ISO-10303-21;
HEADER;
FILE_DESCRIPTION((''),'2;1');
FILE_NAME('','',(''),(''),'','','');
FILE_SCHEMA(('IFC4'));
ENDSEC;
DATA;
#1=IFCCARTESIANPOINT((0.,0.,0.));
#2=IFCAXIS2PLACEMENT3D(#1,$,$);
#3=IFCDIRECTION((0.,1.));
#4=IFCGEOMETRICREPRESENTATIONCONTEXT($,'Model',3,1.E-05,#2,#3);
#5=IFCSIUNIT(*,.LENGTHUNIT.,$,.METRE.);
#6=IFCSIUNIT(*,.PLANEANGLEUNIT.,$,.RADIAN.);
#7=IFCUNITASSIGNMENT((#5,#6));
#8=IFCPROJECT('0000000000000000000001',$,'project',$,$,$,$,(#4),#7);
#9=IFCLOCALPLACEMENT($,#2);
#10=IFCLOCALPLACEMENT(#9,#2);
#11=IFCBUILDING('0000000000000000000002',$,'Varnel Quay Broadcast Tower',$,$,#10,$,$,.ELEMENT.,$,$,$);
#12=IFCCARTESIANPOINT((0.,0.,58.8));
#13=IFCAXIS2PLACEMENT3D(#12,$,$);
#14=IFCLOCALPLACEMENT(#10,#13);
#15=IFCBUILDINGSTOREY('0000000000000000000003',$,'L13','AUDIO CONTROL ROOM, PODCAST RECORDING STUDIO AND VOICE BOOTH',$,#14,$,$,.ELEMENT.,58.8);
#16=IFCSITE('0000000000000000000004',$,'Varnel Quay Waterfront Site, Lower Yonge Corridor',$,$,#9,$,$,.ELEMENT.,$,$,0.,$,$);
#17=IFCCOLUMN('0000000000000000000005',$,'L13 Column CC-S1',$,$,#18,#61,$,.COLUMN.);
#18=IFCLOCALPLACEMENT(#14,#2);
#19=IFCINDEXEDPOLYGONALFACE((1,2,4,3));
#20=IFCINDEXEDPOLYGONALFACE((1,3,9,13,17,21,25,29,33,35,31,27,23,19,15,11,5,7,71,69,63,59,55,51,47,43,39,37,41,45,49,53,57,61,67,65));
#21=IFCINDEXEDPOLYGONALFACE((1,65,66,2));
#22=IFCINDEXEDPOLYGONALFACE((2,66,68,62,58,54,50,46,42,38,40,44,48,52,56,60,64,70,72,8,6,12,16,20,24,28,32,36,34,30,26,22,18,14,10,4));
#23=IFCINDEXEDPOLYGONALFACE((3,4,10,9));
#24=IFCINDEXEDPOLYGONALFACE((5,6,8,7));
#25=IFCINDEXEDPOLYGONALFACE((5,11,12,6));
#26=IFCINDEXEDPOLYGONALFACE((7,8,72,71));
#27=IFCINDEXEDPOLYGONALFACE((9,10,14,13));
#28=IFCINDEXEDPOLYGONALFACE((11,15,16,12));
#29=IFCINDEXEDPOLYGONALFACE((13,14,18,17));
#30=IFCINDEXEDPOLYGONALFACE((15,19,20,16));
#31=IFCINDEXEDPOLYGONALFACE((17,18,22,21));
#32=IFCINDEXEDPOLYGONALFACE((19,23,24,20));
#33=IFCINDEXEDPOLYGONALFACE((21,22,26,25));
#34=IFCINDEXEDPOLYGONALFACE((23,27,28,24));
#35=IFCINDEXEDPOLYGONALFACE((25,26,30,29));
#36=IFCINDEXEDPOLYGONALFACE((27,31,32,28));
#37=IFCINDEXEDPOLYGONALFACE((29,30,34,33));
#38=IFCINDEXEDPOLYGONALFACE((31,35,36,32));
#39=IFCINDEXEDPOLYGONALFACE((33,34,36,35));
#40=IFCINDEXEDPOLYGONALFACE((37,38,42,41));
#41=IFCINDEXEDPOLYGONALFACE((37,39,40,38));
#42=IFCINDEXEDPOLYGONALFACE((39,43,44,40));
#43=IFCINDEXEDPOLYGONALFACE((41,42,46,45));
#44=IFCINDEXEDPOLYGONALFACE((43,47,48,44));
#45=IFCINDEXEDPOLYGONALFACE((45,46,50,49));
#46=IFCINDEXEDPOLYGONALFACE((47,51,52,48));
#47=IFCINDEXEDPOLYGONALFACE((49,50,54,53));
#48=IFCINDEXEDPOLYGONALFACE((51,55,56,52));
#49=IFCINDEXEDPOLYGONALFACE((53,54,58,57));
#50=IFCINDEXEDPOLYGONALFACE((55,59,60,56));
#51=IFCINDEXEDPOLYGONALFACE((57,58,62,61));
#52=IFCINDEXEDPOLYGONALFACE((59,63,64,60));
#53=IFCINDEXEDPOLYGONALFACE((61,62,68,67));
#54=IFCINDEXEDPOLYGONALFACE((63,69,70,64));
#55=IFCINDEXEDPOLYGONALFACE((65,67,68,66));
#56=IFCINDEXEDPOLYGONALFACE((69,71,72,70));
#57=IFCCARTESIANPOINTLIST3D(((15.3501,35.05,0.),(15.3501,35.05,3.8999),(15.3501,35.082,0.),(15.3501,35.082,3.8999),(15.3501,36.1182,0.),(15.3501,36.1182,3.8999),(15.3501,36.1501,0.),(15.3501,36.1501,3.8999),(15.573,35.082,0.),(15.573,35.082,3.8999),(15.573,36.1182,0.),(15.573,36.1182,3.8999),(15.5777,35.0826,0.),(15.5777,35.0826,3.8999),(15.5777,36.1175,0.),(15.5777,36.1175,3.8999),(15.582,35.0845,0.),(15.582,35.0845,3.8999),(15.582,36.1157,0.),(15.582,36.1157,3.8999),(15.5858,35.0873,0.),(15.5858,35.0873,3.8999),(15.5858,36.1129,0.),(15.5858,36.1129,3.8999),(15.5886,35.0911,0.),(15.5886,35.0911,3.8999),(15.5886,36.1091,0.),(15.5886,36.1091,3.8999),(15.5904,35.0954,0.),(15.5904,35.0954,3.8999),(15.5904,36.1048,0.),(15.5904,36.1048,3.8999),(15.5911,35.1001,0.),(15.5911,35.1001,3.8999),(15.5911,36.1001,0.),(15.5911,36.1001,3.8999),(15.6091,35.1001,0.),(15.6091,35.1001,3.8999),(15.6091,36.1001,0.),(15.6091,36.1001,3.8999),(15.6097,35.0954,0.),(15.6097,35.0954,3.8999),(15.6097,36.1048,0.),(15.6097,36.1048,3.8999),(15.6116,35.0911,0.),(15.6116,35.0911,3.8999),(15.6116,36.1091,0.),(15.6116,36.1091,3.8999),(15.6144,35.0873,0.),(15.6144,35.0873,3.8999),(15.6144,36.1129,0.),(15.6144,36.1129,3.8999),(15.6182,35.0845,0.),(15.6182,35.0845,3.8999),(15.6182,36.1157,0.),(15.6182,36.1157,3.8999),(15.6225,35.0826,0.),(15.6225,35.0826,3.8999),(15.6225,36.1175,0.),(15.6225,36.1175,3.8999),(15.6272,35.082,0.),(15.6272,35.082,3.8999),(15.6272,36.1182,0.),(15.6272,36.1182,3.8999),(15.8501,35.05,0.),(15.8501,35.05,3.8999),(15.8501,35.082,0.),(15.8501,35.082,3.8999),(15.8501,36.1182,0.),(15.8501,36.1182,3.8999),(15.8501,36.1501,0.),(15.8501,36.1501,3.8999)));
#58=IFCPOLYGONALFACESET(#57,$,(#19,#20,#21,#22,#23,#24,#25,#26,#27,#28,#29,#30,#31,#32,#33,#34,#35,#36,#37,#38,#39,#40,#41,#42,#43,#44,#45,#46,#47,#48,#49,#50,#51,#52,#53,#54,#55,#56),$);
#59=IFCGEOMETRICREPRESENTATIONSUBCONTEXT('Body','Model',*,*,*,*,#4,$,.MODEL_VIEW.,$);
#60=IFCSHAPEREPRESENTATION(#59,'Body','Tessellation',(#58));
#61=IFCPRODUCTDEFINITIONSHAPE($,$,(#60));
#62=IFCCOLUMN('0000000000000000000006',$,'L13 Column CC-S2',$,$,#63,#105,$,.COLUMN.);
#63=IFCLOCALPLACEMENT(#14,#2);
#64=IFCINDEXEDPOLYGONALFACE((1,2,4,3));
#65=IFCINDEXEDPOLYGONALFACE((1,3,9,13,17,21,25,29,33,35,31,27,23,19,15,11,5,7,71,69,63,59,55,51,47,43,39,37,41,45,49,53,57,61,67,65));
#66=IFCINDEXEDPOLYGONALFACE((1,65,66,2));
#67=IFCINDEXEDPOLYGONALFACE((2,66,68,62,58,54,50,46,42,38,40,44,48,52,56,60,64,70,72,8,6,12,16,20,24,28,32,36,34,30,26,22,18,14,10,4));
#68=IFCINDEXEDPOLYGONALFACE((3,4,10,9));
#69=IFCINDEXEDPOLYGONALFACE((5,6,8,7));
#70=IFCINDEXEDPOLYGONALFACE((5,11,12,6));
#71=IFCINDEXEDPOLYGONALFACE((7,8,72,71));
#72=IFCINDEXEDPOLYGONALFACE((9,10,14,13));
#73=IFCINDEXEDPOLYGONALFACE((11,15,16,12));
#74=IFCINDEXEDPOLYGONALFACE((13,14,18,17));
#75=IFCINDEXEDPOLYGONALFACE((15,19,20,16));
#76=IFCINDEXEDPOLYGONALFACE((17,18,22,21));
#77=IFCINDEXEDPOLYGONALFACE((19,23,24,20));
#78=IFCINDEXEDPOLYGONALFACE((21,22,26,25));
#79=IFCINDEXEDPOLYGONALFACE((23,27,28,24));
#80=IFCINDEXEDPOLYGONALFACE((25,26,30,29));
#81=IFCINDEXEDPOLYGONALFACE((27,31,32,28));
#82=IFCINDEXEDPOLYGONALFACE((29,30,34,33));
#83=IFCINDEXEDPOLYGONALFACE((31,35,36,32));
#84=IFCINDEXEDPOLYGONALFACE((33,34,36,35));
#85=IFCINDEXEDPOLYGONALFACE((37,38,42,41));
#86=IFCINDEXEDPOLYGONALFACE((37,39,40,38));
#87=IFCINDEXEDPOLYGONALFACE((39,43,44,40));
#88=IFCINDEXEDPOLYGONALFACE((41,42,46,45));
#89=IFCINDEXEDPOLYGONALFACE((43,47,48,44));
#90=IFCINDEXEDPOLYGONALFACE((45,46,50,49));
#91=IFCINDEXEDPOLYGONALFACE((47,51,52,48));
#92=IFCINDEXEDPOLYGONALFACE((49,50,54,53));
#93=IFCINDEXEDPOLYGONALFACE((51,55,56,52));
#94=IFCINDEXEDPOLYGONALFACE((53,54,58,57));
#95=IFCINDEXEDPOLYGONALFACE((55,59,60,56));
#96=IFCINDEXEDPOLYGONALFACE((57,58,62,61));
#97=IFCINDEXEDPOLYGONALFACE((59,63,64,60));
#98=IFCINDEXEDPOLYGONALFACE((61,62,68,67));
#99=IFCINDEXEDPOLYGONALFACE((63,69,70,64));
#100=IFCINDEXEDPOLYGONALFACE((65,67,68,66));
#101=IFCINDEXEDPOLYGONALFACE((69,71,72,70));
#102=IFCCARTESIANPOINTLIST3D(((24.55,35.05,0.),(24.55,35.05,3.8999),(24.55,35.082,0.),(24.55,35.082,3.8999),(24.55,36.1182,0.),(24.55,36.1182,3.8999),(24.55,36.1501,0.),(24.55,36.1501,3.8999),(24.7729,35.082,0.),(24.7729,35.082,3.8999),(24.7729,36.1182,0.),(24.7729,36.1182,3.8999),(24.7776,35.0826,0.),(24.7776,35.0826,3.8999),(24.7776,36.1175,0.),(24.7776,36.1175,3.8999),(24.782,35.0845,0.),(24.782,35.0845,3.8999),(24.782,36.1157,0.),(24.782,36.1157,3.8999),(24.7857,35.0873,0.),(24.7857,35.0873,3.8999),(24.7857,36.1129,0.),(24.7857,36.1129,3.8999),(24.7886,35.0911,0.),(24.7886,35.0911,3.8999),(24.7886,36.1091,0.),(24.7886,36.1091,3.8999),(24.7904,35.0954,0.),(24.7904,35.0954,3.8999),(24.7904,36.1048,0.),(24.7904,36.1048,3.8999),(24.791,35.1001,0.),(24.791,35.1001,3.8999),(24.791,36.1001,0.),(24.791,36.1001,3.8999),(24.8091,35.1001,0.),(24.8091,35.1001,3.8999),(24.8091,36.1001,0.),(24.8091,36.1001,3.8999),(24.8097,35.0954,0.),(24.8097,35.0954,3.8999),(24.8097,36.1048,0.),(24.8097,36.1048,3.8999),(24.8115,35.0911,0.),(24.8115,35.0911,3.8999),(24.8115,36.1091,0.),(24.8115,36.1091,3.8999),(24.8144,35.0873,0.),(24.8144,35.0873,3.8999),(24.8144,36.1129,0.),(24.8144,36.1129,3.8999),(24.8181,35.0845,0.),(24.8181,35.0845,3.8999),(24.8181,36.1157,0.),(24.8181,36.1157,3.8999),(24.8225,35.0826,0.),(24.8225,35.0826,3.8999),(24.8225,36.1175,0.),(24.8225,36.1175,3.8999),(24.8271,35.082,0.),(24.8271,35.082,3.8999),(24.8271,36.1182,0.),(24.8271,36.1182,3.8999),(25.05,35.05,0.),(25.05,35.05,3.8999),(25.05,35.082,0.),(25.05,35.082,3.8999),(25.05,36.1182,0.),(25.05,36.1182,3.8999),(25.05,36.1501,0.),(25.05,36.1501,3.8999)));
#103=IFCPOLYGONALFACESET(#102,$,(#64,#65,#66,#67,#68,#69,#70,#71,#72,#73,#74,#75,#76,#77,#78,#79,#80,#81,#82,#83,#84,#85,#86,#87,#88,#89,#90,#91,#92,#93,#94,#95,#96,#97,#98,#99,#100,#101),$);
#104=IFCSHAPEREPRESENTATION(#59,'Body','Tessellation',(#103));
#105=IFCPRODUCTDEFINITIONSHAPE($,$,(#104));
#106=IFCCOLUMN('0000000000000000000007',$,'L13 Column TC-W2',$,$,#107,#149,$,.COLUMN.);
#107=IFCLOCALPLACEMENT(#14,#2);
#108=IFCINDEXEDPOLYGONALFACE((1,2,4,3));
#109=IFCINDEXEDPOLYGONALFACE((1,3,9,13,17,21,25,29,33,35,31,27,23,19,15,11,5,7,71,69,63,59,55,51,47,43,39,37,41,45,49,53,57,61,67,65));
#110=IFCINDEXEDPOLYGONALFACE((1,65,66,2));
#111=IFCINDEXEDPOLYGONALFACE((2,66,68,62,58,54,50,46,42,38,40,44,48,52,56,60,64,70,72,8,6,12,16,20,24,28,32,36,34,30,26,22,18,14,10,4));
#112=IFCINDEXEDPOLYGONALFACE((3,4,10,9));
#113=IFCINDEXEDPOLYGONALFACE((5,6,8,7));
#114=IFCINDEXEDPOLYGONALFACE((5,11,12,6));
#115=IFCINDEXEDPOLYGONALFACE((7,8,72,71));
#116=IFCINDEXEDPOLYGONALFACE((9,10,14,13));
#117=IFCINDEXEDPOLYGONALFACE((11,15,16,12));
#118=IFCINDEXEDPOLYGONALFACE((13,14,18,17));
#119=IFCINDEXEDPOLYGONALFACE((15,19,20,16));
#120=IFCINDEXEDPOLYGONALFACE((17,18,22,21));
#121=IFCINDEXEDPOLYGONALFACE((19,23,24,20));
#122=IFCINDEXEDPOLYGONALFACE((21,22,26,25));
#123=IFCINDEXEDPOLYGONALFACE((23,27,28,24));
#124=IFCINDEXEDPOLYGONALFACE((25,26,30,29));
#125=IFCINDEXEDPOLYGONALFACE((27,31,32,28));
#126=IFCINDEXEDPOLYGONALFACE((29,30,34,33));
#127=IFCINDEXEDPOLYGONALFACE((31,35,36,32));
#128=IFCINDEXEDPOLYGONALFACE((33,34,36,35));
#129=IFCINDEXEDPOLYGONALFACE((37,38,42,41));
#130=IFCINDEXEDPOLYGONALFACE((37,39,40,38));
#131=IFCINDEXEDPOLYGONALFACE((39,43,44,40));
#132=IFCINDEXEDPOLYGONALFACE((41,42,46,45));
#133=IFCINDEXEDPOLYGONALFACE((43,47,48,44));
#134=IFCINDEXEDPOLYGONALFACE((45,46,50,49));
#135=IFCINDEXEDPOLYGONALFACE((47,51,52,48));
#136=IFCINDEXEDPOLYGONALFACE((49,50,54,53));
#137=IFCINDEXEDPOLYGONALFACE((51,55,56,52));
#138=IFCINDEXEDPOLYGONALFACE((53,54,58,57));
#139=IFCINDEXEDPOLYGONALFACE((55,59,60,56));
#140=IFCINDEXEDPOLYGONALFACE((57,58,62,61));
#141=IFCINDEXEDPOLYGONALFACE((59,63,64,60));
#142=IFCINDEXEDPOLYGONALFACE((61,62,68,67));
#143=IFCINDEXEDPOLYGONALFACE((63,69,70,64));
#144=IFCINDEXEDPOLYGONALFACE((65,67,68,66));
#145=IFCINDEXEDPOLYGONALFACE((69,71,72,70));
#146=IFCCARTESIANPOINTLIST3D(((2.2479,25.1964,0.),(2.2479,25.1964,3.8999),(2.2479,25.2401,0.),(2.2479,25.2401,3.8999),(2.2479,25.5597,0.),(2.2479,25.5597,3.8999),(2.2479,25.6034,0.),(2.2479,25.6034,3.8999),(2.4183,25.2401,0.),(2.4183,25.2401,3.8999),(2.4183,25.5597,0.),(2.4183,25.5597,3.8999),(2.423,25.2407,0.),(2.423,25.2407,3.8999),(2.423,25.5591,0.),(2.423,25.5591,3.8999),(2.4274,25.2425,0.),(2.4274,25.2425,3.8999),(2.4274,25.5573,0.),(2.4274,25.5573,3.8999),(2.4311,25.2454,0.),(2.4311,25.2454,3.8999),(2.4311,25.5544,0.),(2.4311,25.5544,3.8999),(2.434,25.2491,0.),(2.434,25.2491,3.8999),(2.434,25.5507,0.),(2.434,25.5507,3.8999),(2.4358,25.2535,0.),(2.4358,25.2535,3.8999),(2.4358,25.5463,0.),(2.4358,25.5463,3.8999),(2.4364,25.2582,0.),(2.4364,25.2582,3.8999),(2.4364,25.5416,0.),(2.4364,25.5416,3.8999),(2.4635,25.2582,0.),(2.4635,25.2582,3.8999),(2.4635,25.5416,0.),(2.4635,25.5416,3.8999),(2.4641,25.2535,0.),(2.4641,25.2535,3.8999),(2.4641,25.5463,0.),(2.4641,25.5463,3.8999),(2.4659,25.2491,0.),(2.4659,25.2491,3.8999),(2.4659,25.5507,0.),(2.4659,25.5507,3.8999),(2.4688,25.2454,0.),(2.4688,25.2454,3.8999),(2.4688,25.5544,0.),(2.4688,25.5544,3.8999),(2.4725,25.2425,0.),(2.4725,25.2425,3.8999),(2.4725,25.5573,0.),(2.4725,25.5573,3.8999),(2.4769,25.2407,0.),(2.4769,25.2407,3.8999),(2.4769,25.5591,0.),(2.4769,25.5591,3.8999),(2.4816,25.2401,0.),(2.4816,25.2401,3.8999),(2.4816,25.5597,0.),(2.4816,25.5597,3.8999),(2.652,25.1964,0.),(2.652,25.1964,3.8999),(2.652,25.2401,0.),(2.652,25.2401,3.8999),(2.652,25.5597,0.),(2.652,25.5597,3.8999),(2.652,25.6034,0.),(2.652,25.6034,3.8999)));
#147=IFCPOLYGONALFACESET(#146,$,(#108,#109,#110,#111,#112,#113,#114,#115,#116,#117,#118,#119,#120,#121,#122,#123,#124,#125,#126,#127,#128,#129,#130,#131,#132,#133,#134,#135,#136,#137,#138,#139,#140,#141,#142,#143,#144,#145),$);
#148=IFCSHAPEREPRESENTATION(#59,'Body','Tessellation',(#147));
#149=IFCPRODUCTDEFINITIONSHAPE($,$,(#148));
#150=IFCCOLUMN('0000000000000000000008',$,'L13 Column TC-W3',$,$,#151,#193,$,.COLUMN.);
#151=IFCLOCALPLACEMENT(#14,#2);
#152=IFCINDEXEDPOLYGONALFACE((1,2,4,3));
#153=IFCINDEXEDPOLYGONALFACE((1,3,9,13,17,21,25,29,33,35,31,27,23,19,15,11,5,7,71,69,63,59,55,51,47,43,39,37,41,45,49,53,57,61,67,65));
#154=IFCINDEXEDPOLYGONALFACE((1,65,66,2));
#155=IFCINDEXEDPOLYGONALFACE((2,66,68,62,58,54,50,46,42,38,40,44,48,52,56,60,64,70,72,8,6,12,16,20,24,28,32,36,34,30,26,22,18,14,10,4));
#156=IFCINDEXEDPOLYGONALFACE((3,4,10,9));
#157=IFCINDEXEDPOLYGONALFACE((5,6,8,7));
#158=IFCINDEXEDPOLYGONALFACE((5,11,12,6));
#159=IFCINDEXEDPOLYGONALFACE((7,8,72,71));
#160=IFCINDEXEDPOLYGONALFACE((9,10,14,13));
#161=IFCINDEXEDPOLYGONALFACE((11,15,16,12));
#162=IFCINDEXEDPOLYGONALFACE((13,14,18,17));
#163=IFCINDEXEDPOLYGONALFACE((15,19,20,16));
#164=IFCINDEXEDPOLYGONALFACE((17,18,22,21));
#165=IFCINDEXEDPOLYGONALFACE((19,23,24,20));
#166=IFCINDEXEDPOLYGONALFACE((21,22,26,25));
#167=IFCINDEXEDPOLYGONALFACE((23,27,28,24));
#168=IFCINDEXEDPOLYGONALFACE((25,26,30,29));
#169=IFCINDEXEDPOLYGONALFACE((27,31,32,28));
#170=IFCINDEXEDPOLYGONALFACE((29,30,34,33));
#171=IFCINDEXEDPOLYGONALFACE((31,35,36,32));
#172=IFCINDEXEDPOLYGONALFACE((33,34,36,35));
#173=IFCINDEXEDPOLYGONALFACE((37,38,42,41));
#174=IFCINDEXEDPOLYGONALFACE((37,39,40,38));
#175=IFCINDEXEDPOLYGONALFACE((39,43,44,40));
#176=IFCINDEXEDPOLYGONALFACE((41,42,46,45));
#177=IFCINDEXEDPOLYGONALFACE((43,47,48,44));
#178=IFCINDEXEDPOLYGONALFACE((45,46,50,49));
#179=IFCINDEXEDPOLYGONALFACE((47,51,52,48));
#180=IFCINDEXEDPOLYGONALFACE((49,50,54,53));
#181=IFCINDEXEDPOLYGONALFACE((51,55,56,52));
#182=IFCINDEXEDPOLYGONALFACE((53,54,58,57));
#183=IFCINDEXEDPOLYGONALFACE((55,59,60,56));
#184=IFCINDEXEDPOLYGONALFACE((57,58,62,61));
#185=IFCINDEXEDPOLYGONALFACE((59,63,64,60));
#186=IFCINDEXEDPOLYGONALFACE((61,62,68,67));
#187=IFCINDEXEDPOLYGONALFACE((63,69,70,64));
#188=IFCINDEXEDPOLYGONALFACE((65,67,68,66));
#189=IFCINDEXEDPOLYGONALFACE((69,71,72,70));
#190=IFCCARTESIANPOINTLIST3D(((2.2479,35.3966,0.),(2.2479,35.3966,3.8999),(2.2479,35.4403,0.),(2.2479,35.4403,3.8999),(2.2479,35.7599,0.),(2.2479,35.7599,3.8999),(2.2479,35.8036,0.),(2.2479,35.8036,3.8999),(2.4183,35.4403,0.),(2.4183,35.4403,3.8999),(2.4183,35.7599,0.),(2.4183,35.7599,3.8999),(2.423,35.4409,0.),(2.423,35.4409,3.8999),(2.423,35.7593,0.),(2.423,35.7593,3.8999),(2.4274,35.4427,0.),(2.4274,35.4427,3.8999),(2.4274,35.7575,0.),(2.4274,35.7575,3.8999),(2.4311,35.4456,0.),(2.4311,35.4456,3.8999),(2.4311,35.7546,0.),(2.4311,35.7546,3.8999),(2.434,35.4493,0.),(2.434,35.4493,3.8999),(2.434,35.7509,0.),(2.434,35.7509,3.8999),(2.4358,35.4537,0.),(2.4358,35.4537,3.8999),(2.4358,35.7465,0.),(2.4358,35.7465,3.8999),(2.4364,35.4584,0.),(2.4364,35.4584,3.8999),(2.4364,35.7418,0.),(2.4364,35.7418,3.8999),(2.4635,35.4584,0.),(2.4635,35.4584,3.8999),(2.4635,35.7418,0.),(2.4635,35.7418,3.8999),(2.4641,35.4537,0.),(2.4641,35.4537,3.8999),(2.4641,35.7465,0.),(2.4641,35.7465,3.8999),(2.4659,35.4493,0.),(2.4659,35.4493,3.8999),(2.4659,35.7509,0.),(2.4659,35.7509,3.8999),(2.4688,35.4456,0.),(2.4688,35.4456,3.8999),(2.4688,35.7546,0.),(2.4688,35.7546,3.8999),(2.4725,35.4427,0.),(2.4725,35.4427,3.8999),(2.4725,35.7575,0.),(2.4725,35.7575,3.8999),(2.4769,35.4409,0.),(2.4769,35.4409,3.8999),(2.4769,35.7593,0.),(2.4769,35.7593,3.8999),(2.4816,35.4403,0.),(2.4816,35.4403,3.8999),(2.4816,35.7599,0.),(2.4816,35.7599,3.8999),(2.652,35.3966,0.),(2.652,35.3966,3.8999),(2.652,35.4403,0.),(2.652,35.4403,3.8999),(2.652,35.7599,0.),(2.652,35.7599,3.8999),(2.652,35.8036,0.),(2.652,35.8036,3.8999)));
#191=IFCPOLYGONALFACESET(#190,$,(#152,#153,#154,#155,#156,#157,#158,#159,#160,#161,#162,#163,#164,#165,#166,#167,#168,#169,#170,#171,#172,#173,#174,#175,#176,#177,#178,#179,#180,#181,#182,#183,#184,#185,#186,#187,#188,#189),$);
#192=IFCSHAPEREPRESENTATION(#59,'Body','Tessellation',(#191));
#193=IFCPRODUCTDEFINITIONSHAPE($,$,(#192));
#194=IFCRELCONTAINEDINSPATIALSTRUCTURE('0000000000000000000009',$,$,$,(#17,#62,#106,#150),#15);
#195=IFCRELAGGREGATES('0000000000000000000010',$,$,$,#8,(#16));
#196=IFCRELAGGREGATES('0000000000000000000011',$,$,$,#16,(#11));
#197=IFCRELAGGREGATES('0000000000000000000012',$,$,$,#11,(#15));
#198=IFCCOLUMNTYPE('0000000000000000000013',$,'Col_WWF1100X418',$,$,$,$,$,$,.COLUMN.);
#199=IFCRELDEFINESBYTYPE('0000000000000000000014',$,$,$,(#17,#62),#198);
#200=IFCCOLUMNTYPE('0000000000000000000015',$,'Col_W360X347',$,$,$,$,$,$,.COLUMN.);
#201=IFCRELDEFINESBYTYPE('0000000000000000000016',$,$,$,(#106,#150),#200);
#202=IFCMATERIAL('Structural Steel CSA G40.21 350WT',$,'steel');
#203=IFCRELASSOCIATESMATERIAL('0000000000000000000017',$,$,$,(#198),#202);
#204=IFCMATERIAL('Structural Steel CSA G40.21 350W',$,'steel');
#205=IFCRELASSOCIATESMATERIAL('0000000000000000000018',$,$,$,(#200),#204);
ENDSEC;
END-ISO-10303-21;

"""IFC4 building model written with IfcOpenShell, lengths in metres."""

from ifc_helpers import new_model, si_unit, direction, frame, origin, origin_2d, place, context, subcontext, project, spatial, i_section, extrude, source, transform, mapped, material, material_profile, profile_set, type_object, type_shapes, element, save


model = new_model("IFC4")

# Units and contexts
model_context = context("Model", 3, precision=1e-05, world=origin(), true_north=direction((0.0, 1.0)))
body_context = subcontext(model_context, "Body", "Model", "MODEL_VIEW")
ifc_project = project(units=[si_unit("LENGTHUNIT", "METRE"), si_unit("PLANEANGLEUNIT", "RADIAN")], contexts=[model_context])

# Site, building, storey
site_placement = place(None, origin())
site = spatial("IfcSite", under=ifc_project, at=site_placement, Name="Varnel Quay Waterfront Site, Lower Yonge Corridor", CompositionType="ELEMENT", RefElevation=0.0)
building_placement = place(site_placement, origin())
building = spatial("IfcBuilding", under=site, at=building_placement, Name="Varnel Quay Broadcast Tower", CompositionType="ELEMENT")
storey_placement = place(building_placement, frame((0.0, 0.0, 58.8)))
storey = spatial("IfcBuildingStorey", under=building, at=storey_placement, Name="L13", Description="AUDIO CONTROL ROOM, PODCAST RECORDING STUDIO AND VOICE BOOTH", CompositionType="ELEMENT", Elevation=58.8)

# Columns
ifc_material_1 = material(Name="Structural Steel CSA G40.21 350WT", Category="steel")
ifc_material_profile_1 = material_profile(ifc_material_1, i_section(OverallWidth=0.5, OverallDepth=1.1001, WebThickness=0.0181, FlangeThickness=0.032, FilletRadius=0.0181, at=origin_2d()), Name="WWF1100X418")
ifc_profile_set_1 = profile_set([ifc_material_profile_1], Name="Structural Steel CSA G40.21 350WT")
column_type_1 = type_object("IfcColumnType", Name="Col_WWF1100X418", PredefinedType="COLUMN", material=ifc_profile_set_1)
shared_shape_1 = source(origin(), body_context, "Body", "SweptSolid", [
    extrude(i_section(OverallWidth=0.5, OverallDepth=1.1001, WebThickness=0.0181, FlangeThickness=0.032, FilletRadius=0.0181, at=origin_2d()), origin(), (0.0, 0.0, 1.0), 3.8999),
])
type_shapes(column_type_1, [shared_shape_1])
for number, where, z_axis, x_axis, name in (
    (1, (15.6001, 35.6001, 0.0), (0.0, 0.0, 1.0), (1.0, 0.0, 0.0), "L13 Column CC-S1"),
    (2, (24.8, 35.6001, 0.0), (0.0, 0.0, 1.0), (1.0, 0.0, 0.0), "L13 Column CC-S2"),
):
    element("IfcColumn", number, at=place(storey_placement, frame(where, z_axis=z_axis, x_axis=x_axis)), inside=storey, type_object=column_type_1, Name=name, PredefinedType="COLUMN", context=body_context, shape_type="MappedRepresentation", body=[
        mapped(shared_shape_1, transform((0.0, 0.0, 0.0), x_axis=(1.0, 0.0, 0.0), y_axis=(0.0, 1.0, 0.0), z_axis=(0.0, 0.0, 1.0), scale=1.0)),
    ])
ifc_material_2 = material(Name="Structural Steel CSA G40.21 350W", Category="steel")
ifc_material_profile_2 = material_profile(ifc_material_2, i_section(OverallWidth=0.4041, OverallDepth=0.407, WebThickness=0.0271, FlangeThickness=0.0437, FilletRadius=0.0181, at=origin_2d()), Name="W360X347")
ifc_profile_set_2 = profile_set([ifc_material_profile_2], Name="Structural Steel CSA G40.21 350W")
column_type_2 = type_object("IfcColumnType", Name="Col_W360X347", PredefinedType="COLUMN", material=ifc_profile_set_2)
shared_shape_2 = source(origin(), body_context, "Body", "SweptSolid", [
    extrude(i_section(OverallWidth=0.4041, OverallDepth=0.407, WebThickness=0.0271, FlangeThickness=0.0437, FilletRadius=0.0181, at=origin_2d()), origin(), (0.0, 0.0, 1.0), 3.8999),
])
type_shapes(column_type_2, [shared_shape_2])
for number, where, z_axis, x_axis, name in (
    (3, (2.45, 25.3999, 0.0), (0.0, 0.0, 1.0), (1.0, 0.0, 0.0), "L13 Column TC-W2"),
    (4, (2.45, 35.6001, 0.0), (0.0, 0.0, 1.0), (1.0, 0.0, 0.0), "L13 Column TC-W3"),
):
    element("IfcColumn", number, at=place(storey_placement, frame(where, z_axis=z_axis, x_axis=x_axis)), inside=storey, type_object=column_type_2, Name=name, PredefinedType="COLUMN", context=body_context, shape_type="MappedRepresentation", body=[
        mapped(shared_shape_2, transform((0.0, 0.0, 0.0), x_axis=(1.0, 0.0, 0.0), y_axis=(0.0, 1.0, 0.0), z_axis=(0.0, 0.0, 1.0), scale=1.0)),
    ])

save(model, "model.ifc")
